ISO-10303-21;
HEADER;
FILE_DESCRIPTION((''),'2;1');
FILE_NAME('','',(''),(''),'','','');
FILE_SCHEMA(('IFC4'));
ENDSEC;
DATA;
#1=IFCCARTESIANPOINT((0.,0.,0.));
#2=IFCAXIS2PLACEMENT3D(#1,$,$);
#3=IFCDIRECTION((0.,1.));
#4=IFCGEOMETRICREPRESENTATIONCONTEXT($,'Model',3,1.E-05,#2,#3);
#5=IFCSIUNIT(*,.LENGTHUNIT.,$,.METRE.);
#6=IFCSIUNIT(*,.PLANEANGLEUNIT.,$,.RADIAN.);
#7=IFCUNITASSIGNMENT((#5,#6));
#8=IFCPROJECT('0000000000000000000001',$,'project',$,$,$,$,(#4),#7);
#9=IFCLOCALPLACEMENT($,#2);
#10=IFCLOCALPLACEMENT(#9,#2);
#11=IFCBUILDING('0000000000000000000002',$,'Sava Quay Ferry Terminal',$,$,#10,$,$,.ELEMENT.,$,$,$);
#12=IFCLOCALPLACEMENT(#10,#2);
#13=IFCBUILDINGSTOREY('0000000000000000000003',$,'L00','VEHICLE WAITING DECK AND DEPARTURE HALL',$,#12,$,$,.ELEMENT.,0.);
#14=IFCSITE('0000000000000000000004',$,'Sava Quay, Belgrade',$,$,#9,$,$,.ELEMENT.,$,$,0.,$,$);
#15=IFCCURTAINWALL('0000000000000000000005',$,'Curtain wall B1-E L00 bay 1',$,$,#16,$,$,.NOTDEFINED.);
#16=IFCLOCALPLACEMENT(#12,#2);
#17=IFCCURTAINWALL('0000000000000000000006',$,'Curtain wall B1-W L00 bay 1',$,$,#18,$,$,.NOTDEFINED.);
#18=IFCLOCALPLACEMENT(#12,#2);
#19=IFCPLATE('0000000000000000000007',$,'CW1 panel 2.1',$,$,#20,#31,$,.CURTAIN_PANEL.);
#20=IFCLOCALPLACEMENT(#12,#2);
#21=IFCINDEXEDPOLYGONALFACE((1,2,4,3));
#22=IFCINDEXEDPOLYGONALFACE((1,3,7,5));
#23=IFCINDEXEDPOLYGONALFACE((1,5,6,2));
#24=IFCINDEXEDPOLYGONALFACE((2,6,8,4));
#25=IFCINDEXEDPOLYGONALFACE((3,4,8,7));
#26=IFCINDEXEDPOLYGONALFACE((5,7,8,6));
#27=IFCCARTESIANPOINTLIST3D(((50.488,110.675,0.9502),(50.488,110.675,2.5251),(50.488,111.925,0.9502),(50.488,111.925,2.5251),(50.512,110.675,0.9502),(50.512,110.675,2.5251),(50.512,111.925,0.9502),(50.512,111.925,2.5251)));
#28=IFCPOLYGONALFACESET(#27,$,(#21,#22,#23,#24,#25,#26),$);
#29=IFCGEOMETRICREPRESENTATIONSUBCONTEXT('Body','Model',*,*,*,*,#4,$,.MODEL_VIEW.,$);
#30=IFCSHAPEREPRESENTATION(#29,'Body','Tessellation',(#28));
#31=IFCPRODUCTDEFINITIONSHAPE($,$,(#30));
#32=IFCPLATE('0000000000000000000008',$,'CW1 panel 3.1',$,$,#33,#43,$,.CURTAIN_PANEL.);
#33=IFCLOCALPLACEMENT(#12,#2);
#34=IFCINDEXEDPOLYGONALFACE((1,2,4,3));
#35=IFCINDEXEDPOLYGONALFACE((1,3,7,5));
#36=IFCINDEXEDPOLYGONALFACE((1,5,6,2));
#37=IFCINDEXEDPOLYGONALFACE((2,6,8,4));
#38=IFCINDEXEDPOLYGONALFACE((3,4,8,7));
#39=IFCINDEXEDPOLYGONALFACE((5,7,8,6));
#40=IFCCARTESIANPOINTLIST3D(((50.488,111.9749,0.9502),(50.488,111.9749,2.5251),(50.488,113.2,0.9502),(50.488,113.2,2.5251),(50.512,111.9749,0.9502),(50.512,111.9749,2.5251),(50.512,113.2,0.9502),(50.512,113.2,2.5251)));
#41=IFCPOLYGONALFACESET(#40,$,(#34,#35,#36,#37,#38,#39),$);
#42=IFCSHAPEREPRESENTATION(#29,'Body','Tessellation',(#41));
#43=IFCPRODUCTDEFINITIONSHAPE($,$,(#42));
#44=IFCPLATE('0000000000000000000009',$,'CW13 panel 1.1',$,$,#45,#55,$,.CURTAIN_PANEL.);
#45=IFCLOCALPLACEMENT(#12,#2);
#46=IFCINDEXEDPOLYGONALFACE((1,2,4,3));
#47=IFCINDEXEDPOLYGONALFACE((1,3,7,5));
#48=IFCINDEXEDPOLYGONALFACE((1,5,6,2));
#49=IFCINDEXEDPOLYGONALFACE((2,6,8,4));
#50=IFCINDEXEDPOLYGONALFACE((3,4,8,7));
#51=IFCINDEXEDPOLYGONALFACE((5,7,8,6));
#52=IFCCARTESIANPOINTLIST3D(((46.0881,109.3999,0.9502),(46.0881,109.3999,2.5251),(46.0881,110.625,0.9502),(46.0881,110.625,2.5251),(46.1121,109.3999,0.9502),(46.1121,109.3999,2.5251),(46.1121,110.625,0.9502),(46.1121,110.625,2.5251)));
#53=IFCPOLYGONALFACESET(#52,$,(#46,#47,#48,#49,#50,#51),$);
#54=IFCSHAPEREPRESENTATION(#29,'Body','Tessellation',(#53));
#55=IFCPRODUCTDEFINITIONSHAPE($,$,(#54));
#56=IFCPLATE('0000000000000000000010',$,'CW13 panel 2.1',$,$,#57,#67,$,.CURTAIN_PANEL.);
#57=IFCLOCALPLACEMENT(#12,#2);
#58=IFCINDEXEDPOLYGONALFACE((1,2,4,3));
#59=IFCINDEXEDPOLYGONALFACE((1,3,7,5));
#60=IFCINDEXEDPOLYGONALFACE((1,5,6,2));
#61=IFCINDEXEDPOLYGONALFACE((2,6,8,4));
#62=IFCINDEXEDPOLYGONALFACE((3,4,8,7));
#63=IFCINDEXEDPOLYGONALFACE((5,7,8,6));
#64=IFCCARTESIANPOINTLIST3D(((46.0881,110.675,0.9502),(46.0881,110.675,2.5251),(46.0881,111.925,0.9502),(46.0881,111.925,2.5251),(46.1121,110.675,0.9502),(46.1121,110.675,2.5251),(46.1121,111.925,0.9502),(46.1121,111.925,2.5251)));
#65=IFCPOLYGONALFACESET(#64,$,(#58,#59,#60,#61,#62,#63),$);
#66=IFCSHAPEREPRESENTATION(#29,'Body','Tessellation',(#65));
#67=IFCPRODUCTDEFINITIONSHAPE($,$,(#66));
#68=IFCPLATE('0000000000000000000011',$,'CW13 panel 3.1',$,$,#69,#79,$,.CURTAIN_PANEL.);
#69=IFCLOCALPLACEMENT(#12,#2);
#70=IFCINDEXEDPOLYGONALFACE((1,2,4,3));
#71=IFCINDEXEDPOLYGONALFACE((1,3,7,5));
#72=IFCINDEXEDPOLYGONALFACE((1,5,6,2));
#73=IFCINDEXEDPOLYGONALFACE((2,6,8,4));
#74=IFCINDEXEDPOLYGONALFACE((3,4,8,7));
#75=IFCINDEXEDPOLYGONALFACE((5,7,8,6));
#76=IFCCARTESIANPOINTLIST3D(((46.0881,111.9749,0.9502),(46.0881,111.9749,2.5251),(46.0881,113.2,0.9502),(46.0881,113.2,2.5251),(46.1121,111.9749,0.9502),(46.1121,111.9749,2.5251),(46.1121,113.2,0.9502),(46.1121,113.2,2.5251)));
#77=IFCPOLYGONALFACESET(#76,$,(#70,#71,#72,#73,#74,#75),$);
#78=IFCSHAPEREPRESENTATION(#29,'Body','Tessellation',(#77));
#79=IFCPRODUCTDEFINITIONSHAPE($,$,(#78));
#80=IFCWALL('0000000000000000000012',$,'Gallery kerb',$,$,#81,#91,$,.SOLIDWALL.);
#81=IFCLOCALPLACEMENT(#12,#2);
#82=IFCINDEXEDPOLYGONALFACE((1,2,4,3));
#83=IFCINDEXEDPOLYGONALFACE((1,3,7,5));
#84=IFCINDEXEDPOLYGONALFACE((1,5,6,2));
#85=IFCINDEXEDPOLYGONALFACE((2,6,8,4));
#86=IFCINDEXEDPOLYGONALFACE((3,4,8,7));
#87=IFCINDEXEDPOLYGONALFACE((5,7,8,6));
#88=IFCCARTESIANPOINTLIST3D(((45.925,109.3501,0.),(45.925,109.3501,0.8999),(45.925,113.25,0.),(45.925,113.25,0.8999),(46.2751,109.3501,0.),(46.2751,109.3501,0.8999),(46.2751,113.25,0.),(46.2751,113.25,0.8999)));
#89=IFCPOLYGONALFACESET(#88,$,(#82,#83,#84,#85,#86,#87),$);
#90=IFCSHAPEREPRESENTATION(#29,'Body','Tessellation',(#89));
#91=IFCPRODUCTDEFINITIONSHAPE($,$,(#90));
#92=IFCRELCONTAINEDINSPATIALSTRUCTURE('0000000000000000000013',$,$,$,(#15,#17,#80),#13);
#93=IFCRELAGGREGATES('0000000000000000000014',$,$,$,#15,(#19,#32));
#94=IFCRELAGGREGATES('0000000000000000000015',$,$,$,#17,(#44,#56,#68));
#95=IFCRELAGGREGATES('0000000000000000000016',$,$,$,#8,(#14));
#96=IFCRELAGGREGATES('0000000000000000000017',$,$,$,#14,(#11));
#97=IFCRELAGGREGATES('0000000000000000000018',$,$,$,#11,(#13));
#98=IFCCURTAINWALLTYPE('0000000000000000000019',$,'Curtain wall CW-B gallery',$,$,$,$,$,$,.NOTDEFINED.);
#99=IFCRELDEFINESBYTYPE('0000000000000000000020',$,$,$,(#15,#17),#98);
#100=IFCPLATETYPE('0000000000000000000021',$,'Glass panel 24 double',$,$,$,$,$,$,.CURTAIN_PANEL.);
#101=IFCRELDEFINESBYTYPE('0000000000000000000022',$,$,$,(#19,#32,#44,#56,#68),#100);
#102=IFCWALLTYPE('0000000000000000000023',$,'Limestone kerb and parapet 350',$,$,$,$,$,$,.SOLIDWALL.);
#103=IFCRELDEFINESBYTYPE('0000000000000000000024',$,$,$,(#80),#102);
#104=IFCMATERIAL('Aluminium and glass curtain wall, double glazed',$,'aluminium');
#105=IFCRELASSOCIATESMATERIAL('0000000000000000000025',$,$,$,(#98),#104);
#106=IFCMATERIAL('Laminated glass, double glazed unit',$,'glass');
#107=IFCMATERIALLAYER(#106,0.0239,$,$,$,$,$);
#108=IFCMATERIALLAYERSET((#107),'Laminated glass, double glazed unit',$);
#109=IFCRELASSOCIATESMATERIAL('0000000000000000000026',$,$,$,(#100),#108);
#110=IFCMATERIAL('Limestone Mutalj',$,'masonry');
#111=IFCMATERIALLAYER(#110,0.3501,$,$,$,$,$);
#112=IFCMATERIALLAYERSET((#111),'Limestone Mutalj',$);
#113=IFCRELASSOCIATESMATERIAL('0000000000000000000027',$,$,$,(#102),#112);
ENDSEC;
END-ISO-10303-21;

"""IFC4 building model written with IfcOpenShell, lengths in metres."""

from ifc_helpers import new_model, si_unit, direction, frame, frame_2d, origin, origin_2d, place, context, subcontext, project, spatial, rectangle, extrude, material, layer, layer_set, type_object, element, aggregate, save


model = new_model("IFC4")

# Units and contexts
model_context = context("Model", 3, precision=1e-05, world=origin(), true_north=direction((0.0, 1.0)))
body_context = subcontext(model_context, "Body", "Model", "MODEL_VIEW")
ifc_project = project(units=[si_unit("LENGTHUNIT", "METRE"), si_unit("PLANEANGLEUNIT", "RADIAN")], contexts=[model_context])

# Site, building, storey
site_placement = place(None, origin())
site = spatial("IfcSite", under=ifc_project, at=site_placement, Name="Sava Quay, Belgrade", CompositionType="ELEMENT", RefElevation=0.0)
building_placement = place(site_placement, origin())
building = spatial("IfcBuilding", under=site, at=building_placement, Name="Sava Quay Ferry Terminal", CompositionType="ELEMENT")
storey_placement = place(building_placement, origin())
storey = spatial("IfcBuildingStorey", under=building, at=storey_placement, Name="L00", Description="VEHICLE WAITING DECK AND DEPARTURE HALL", CompositionType="ELEMENT", Elevation=0.0)

# Curtain walls
ifc_material_1 = material(Name="Aluminium and glass curtain wall, double glazed", Category="aluminium")
curtain_wall_type = type_object("IfcCurtainWallType", Name="Curtain wall CW-B gallery", PredefinedType="NOTDEFINED", material=ifc_material_1)
curtain_wall_1_placement = place(storey_placement, origin())
curtain_wall_1 = element("IfcCurtainWall", 1, at=curtain_wall_1_placement, inside=storey, type_object=curtain_wall_type, Name="Curtain wall B1-E L00 bay 1", PredefinedType="NOTDEFINED")
curtain_wall_2_placement = place(storey_placement, origin())
curtain_wall_2 = element("IfcCurtainWall", 2, at=curtain_wall_2_placement, inside=storey, type_object=curtain_wall_type, Name="Curtain wall B1-W L00 bay 1", PredefinedType="NOTDEFINED")

# Plates
ifc_material_2 = material(Name="Laminated glass, double glazed unit", Category="glass")
ifc_layer_1 = layer(ifc_material_2, 0.0239)
ifc_layer_set_1 = layer_set([ifc_layer_1], Name="Laminated glass, double glazed unit")
plate_type = type_object("IfcPlateType", Name="Glass panel 24 double", PredefinedType="CURTAIN_PANEL", material=ifc_layer_set_1)
plate_1_placement = place(storey_placement, frame((50.5, 111.3, 0.9502), z_axis=(0.0, 0.0, 1.0), x_axis=(0.0, 1.0, 0.0)))
plate_1 = element("IfcPlate", 3, at=plate_1_placement, type_object=plate_type, Name="CW1 panel 2.1", PredefinedType="CURTAIN_PANEL", context=body_context, shape_type="SweptSolid", body=[
    extrude(rectangle(XDim=1.25, YDim=0.0239, at=origin_2d()), origin(), (0.0, 0.0, 1.0), 1.575),
])
plate_2_placement = place(storey_placement, frame((50.5, 112.5874, 0.9502), z_axis=(0.0, 0.0, 1.0), x_axis=(0.0, 1.0, 0.0)))
plate_2 = element("IfcPlate", 4, at=plate_2_placement, type_object=plate_type, Name="CW1 panel 3.1", PredefinedType="CURTAIN_PANEL", context=body_context, shape_type="SweptSolid", body=[
    extrude(rectangle(XDim=1.2251, YDim=0.0239, at=origin_2d()), origin(), (0.0, 0.0, 1.0), 1.575),
])
aggregate(curtain_wall_1, [plate_1, plate_2])
plate_3_placement = place(storey_placement, frame((46.1001, 110.0125, 0.9502), z_axis=(0.0, 0.0, 1.0), x_axis=(0.0, 1.0, 0.0)))
plate_3 = element("IfcPlate", 5, at=plate_3_placement, type_object=plate_type, Name="CW13 panel 1.1", PredefinedType="CURTAIN_PANEL", context=body_context, shape_type="SweptSolid", body=[
    extrude(rectangle(XDim=1.2251, YDim=0.0239, at=origin_2d()), origin(), (0.0, 0.0, 1.0), 1.575),
])
plate_4_placement = place(storey_placement, frame((46.1001, 111.3, 0.9502), z_axis=(0.0, 0.0, 1.0), x_axis=(0.0, 1.0, 0.0)))
plate_4 = element("IfcPlate", 6, at=plate_4_placement, type_object=plate_type, Name="CW13 panel 2.1", PredefinedType="CURTAIN_PANEL", context=body_context, shape_type="SweptSolid", body=[
    extrude(rectangle(XDim=1.25, YDim=0.0239, at=origin_2d()), origin(), (0.0, 0.0, 1.0), 1.575),
])
plate_5_placement = place(storey_placement, frame((46.1001, 112.5874, 0.9502), z_axis=(0.0, 0.0, 1.0), x_axis=(0.0, 1.0, 0.0)))
plate_5 = element("IfcPlate", 7, at=plate_5_placement, type_object=plate_type, Name="CW13 panel 3.1", PredefinedType="CURTAIN_PANEL", context=body_context, shape_type="SweptSolid", body=[
    extrude(rectangle(XDim=1.2251, YDim=0.0239, at=origin_2d()), origin(), (0.0, 0.0, 1.0), 1.575),
])
aggregate(curtain_wall_2, [plate_3, plate_4, plate_5])

# Wall
ifc_material_3 = material(Name="Limestone Mutalj", Category="masonry")
ifc_layer_2 = layer(ifc_material_3, 0.3501)
ifc_layer_set_2 = layer_set([ifc_layer_2], Name="Limestone Mutalj")
wall_type_1 = type_object("IfcWallType", Name="Limestone kerb and parapet 350", PredefinedType="SOLIDWALL", material=ifc_layer_set_2)
wall_1_placement = place(storey_placement, frame((46.1001, 109.3501, 0.0), z_axis=(0.0, 0.0, 1.0), x_axis=(0.0, 1.0, 0.0)))
element("IfcWall", 8, at=wall_1_placement, inside=storey, type_object=wall_type_1, Name="Gallery kerb", PredefinedType="SOLIDWALL", context=body_context, shape_type="SweptSolid", body=[
    extrude(rectangle(XDim=3.8999, YDim=0.3501, at=frame_2d((1.95, 0.0))), origin(), (0.0, 0.0, 1.0), 0.8999),
])

save(model, "model.ifc")
